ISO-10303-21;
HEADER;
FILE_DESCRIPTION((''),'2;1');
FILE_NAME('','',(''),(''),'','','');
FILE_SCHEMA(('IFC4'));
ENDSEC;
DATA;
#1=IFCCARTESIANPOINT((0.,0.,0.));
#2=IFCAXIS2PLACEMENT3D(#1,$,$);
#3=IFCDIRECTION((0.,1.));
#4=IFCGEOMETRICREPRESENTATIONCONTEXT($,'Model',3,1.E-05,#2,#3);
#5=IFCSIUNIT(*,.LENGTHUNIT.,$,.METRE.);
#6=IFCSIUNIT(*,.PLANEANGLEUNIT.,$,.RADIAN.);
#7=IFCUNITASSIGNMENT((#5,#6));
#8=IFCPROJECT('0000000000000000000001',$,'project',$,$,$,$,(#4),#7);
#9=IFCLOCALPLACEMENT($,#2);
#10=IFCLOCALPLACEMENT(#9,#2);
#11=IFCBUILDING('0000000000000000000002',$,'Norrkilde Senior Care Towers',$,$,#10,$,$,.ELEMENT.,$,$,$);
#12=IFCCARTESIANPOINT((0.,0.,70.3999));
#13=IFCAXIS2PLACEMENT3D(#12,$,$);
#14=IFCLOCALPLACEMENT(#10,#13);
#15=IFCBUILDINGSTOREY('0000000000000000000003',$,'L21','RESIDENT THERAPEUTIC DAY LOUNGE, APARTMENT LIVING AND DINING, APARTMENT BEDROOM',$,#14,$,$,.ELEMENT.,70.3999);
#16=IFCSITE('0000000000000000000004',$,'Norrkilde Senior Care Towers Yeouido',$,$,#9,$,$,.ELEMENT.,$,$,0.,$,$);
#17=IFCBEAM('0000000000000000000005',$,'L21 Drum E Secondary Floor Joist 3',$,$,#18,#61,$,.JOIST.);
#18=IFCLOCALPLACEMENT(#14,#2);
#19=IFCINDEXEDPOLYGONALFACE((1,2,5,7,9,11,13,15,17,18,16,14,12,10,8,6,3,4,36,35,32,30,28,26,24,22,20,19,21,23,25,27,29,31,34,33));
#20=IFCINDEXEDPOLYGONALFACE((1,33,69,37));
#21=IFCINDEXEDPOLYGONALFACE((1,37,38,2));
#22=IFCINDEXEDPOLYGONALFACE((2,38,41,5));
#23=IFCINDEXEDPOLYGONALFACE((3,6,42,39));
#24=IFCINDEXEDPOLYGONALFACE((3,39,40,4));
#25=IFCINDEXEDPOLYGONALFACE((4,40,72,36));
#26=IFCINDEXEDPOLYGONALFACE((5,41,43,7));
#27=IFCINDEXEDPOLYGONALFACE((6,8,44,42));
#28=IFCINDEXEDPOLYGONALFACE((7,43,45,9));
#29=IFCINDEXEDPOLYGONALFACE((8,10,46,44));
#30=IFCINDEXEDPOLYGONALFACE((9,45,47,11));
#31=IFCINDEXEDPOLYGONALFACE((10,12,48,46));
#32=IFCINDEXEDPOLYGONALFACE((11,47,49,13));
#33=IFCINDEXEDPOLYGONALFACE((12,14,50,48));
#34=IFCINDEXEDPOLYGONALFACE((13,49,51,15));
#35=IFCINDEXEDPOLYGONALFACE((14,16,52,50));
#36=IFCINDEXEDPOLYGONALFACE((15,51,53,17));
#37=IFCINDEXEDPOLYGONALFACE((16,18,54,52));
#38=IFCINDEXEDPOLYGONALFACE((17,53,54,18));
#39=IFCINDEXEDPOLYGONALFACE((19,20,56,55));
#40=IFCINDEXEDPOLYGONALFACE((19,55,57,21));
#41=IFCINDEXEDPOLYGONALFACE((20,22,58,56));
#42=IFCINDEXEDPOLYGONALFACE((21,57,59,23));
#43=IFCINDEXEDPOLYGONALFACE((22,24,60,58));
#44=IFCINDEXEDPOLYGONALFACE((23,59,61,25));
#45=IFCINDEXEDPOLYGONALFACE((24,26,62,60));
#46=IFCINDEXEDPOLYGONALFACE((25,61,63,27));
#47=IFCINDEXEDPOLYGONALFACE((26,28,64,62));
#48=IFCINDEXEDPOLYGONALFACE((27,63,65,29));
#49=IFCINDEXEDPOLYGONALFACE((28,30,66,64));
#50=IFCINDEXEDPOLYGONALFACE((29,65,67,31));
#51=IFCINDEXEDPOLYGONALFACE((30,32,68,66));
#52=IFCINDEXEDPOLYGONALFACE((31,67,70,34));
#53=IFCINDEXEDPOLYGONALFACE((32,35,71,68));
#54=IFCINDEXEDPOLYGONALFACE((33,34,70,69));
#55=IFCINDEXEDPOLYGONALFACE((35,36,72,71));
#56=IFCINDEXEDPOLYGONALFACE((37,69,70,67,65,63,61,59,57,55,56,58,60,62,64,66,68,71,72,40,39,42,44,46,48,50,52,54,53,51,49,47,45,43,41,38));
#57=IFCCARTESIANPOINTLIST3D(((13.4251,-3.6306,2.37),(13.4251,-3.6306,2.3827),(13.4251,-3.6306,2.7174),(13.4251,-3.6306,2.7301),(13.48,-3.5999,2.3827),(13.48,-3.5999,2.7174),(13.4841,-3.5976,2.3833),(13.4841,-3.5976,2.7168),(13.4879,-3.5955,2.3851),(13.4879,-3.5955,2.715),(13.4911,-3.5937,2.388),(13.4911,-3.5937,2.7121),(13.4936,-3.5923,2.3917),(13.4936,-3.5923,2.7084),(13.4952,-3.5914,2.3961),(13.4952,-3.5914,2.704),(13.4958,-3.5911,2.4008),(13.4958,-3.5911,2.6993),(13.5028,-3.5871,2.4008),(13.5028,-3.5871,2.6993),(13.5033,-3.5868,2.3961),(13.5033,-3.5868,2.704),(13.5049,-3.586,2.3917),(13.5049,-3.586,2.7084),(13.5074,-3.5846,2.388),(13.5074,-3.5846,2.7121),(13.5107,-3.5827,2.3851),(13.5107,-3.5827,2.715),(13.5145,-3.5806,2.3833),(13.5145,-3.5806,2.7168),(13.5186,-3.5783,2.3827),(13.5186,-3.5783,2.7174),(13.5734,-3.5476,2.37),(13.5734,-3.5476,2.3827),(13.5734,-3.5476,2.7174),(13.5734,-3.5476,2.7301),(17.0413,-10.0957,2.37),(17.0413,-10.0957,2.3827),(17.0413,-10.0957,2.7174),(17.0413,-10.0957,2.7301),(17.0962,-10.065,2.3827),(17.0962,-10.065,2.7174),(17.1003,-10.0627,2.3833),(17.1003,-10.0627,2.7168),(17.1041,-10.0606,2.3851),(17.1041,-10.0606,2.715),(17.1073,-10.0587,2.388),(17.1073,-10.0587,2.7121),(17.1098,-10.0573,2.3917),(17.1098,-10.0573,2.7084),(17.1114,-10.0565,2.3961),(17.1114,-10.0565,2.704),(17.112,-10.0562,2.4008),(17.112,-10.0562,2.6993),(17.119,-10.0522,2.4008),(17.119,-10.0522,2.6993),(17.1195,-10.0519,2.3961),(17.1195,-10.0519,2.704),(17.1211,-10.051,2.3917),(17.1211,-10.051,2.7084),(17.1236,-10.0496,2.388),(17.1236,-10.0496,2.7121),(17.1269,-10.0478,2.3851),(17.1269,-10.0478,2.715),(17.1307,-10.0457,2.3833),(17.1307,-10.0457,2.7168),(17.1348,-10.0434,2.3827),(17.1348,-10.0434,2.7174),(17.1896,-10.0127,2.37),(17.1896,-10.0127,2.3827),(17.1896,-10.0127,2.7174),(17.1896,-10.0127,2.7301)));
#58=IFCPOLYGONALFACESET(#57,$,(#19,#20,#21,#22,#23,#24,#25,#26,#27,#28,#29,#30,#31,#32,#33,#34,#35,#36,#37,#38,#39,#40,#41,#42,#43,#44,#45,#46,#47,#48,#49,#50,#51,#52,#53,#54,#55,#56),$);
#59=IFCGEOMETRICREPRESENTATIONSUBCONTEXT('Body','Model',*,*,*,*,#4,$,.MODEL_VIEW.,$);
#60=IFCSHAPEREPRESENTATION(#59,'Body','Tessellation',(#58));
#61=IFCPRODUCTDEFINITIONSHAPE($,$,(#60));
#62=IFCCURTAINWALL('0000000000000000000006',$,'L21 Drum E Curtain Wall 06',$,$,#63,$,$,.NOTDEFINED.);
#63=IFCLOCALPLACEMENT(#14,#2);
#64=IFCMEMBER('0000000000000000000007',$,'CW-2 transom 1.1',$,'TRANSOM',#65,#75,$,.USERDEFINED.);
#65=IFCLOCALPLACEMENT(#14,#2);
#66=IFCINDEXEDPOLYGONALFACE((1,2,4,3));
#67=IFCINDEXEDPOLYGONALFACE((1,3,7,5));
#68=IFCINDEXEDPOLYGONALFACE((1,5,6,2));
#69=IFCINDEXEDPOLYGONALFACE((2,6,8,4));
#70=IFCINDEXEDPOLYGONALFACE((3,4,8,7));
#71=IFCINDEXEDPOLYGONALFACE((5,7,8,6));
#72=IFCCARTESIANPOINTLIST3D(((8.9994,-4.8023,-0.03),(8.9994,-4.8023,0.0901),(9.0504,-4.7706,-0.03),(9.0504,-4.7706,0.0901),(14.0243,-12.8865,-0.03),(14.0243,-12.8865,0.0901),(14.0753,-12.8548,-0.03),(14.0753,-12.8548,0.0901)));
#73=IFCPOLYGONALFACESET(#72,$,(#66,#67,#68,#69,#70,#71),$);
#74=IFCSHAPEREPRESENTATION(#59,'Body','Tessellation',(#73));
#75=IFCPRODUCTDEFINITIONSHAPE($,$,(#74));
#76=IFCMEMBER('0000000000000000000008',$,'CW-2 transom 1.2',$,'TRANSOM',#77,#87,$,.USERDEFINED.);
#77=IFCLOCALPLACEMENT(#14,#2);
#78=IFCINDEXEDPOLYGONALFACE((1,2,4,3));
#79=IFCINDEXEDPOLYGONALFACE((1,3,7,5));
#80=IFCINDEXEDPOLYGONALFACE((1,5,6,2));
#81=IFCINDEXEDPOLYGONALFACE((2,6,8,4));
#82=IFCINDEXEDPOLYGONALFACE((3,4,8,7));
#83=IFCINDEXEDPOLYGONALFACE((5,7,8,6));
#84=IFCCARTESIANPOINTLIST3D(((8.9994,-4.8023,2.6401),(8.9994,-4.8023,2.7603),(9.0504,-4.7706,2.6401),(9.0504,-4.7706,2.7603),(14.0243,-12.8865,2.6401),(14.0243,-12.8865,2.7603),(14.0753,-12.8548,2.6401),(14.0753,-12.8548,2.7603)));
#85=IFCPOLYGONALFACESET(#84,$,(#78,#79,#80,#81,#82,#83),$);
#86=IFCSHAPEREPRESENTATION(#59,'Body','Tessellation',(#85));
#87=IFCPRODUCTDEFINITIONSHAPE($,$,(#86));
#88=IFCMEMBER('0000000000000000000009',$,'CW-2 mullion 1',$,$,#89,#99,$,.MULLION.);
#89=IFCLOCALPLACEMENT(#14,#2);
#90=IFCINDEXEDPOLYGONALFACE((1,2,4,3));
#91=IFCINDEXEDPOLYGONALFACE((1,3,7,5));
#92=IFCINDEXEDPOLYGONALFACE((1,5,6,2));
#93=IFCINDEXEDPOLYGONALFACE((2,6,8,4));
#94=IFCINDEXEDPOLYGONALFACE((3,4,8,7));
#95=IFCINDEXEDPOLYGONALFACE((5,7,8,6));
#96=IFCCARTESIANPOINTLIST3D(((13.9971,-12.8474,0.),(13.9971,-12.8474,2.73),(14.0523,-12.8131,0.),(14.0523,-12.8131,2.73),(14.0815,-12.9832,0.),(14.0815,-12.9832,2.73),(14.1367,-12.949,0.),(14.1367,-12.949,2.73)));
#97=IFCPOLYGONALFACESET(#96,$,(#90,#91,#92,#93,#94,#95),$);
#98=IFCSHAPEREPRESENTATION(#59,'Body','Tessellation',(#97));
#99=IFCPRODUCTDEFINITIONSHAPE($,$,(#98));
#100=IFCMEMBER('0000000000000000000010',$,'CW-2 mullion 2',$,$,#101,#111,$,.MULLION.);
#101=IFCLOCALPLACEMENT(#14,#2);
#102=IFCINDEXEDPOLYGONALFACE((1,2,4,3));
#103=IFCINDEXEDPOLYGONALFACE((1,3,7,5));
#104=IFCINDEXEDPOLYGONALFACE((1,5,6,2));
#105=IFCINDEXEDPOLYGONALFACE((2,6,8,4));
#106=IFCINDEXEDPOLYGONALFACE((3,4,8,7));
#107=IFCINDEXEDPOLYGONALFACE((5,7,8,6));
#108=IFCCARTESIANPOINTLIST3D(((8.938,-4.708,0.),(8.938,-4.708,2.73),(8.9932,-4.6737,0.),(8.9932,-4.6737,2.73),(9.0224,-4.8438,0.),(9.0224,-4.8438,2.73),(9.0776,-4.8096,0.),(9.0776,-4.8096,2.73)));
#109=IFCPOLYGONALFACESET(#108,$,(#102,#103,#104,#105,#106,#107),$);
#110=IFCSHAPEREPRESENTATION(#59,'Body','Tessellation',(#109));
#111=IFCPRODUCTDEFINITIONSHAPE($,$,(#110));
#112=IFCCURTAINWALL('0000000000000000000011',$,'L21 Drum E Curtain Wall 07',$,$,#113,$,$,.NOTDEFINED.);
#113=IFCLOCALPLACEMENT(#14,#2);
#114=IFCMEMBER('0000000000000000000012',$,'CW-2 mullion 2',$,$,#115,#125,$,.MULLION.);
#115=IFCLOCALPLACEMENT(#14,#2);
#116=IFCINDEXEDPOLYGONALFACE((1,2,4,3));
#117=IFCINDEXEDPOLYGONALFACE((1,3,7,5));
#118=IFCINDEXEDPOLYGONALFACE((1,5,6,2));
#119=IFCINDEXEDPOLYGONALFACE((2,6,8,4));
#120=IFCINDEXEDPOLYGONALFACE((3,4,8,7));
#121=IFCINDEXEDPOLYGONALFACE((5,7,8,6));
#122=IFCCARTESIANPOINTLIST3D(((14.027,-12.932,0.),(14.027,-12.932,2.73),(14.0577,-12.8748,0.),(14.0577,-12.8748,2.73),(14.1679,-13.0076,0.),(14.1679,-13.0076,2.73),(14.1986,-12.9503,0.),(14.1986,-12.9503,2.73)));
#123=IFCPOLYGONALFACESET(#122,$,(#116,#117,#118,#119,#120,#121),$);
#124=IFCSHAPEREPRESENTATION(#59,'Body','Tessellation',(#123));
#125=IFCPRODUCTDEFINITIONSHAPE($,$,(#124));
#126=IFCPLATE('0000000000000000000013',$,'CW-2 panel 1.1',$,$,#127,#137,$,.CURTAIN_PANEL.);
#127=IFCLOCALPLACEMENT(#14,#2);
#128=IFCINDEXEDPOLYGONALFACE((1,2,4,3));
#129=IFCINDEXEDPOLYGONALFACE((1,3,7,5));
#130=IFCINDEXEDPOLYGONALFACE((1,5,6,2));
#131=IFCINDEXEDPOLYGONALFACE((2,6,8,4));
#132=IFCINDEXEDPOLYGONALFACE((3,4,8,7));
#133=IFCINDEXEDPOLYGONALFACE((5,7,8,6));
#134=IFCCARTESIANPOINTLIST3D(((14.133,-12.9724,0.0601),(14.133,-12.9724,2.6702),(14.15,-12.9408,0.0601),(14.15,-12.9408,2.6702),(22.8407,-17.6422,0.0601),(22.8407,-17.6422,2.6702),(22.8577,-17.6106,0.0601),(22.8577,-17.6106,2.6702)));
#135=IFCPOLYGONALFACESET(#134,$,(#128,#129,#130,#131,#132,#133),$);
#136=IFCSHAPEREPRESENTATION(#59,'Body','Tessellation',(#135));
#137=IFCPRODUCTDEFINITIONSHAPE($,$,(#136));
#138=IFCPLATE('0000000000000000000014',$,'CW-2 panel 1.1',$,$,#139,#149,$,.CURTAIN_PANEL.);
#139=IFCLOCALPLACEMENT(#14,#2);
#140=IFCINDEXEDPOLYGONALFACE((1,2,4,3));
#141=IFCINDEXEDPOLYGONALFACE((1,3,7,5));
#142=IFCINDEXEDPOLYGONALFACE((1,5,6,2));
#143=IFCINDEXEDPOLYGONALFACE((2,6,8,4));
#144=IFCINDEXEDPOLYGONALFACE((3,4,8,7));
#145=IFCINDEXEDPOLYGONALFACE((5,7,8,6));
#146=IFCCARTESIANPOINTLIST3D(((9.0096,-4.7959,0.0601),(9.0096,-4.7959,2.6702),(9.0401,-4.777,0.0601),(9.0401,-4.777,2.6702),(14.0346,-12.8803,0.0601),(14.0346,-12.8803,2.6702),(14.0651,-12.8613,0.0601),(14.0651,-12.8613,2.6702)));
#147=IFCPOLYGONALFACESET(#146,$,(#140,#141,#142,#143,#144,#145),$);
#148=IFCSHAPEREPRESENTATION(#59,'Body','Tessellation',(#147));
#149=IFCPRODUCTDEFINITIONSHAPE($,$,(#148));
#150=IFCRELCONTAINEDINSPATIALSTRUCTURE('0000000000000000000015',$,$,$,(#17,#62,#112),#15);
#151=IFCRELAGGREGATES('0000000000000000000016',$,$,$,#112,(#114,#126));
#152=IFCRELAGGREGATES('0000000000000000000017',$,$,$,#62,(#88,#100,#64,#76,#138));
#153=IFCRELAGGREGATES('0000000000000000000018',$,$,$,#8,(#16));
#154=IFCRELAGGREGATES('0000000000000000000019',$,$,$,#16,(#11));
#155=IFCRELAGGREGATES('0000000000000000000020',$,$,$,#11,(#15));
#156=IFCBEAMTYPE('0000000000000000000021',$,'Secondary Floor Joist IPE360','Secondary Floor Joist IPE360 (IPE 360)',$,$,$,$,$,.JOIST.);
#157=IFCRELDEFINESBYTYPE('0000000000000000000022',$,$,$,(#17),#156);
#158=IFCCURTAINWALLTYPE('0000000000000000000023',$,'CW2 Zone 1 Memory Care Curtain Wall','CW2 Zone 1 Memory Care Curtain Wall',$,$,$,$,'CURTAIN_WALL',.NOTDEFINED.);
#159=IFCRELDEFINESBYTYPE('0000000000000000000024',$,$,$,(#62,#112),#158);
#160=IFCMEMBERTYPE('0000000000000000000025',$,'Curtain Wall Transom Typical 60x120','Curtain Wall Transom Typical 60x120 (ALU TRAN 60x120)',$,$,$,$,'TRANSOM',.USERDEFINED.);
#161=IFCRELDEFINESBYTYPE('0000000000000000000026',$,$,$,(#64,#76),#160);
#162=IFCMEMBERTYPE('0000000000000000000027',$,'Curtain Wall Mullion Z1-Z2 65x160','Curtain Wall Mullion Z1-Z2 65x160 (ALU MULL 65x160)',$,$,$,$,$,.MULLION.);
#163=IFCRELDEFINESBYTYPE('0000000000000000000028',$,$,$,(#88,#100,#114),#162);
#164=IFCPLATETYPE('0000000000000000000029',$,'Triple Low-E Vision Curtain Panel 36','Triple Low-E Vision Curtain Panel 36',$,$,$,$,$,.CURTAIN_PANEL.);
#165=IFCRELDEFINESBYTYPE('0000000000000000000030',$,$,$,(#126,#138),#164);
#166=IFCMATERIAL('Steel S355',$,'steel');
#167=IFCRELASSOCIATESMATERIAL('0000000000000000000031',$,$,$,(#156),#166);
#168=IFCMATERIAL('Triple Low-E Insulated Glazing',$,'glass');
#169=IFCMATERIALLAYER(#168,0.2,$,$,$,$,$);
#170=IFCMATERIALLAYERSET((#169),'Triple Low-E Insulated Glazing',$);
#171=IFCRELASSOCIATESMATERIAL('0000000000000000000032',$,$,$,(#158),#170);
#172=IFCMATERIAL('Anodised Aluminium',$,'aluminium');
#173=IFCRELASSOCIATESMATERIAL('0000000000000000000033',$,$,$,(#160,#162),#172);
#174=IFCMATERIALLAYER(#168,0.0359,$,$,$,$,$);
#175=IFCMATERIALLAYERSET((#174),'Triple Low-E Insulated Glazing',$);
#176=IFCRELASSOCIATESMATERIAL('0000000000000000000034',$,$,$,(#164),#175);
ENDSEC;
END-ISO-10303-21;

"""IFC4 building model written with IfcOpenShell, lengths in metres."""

from ifc_helpers import new_model, si_unit, direction, frame, origin, origin_2d, place, context, subcontext, project, spatial, rectangle, i_section, extrude, source, transform, mapped, material, layer, layer_set, material_profile, profile_set, type_object, type_shapes, element, aggregate, save


model = new_model("IFC4")

# Units and contexts
model_context = context("Model", 3, precision=1e-05, world=origin(), true_north=direction((0.0, 1.0)))
body_context = subcontext(model_context, "Body", "Model", "MODEL_VIEW")
ifc_project = project(units=[si_unit("LENGTHUNIT", "METRE"), si_unit("PLANEANGLEUNIT", "RADIAN")], contexts=[model_context])

# Site, building, storey
site_placement = place(None, origin())
site = spatial("IfcSite", under=ifc_project, at=site_placement, Name="Norrkilde Senior Care Towers Yeouido", CompositionType="ELEMENT", RefElevation=0.0)
building_placement = place(site_placement, origin())
building = spatial("IfcBuilding", under=site, at=building_placement, Name="Norrkilde Senior Care Towers", CompositionType="ELEMENT")
storey_placement = place(building_placement, frame((0.0, 0.0, 70.3999)))
storey = spatial("IfcBuildingStorey", under=building, at=storey_placement, Name="L21", Description="RESIDENT THERAPEUTIC DAY LOUNGE, APARTMENT LIVING AND DINING, APARTMENT BEDROOM", CompositionType="ELEMENT", Elevation=70.3999)

# Beam
ifc_material_1 = material(Name="Steel S355", Category="steel")
ifc_material_profile_1 = material_profile(ifc_material_1, i_section(OverallWidth=0.1699, OverallDepth=0.3601, WebThickness=0.0081, FlangeThickness=0.0127, FilletRadius=0.0181, at=origin_2d()), Name="IPE 360")
ifc_profile_set_1 = profile_set([ifc_material_profile_1], Name="Steel S355")
beam_type_1 = type_object("IfcBeamType", Name="Secondary Floor Joist IPE360", Description="Secondary Floor Joist IPE360 (IPE 360)", PredefinedType="JOIST", material=ifc_profile_set_1)
shared_shape_1 = source(origin(), body_context, "Body", "SweptSolid", [
    extrude(i_section(OverallWidth=0.1699, OverallDepth=0.3601, WebThickness=0.0081, FlangeThickness=0.0127, FilletRadius=0.0181, at=origin_2d()), origin(), (0.0, 0.0, 1.0), 7.4077),
])
type_shapes(beam_type_1, [shared_shape_1])
beam_1_placement = place(storey_placement, frame((13.4993, -3.5891, 2.55), z_axis=(0.488168, -0.87275, 0.0), x_axis=(0.87275, 0.488168, 0.0)))
element("IfcBeam", 1, at=beam_1_placement, inside=storey, type_object=beam_type_1, Name="L21 Drum E Secondary Floor Joist 3", PredefinedType="JOIST", context=body_context, shape_type="MappedRepresentation", body=[
    mapped(shared_shape_1, transform((0.0, 0.0, 0.0), x_axis=(1.0, 0.0, 0.0), y_axis=(0.0, 1.0, 0.0), z_axis=(0.0, 0.0, 1.0), scale=1.0)),
])

# Curtain wall, members
ifc_material_2 = material(Name="Triple Low-E Insulated Glazing", Category="glass")
ifc_layer_1 = layer(ifc_material_2, 0.2)
ifc_layer_set_1 = layer_set([ifc_layer_1], Name="Triple Low-E Insulated Glazing")
curtain_wall_type = type_object("IfcCurtainWallType", Name="CW2 Zone 1 Memory Care Curtain Wall", Description="CW2 Zone 1 Memory Care Curtain Wall", ElementType="CURTAIN_WALL", PredefinedType="NOTDEFINED", material=ifc_layer_set_1)
curtain_wall_1_placement = place(storey_placement, origin())
curtain_wall_1 = element("IfcCurtainWall", 2, at=curtain_wall_1_placement, inside=storey, type_object=curtain_wall_type, Name="L21 Drum E Curtain Wall 06", PredefinedType="NOTDEFINED")
ifc_material_3 = material(Name="Anodised Aluminium", Category="aluminium")
ifc_material_profile_2 = material_profile(ifc_material_3, rectangle(XDim=0.0601, YDim=0.1201, at=origin_2d()), Name="ALU TRAN 60x120")
ifc_profile_set_2 = profile_set([ifc_material_profile_2], Name="Anodised Aluminium")
member_type_1 = type_object("IfcMemberType", Name="Curtain Wall Transom Typical 60x120", Description="Curtain Wall Transom Typical 60x120 (ALU TRAN 60x120)", ElementType="TRANSOM", PredefinedType="USERDEFINED", material=ifc_profile_set_2)
shared_shape_2 = source(origin(), body_context, "Body", "SweptSolid", [
    extrude(rectangle(XDim=0.0601, YDim=0.1201, at=origin_2d()), origin(), (0.0, 0.0, 1.0), 9.5186),
])
type_shapes(member_type_1, [shared_shape_2])
member_1_placement = place(storey_placement, frame((14.0498, -12.8706, 0.03), z_axis=(-0.527902, 0.849306, 0.0), x_axis=(-0.849306, -0.527902, 0.0)))
member_1 = element("IfcMember", 3, at=member_1_placement, type_object=member_type_1, Name="CW-2 transom 1.1", ObjectType="TRANSOM", PredefinedType="USERDEFINED", context=body_context, shape_type="MappedRepresentation", body=[
    mapped(shared_shape_2, transform((0.0, 0.0, 0.0), x_axis=(1.0, 0.0, 0.0), y_axis=(0.0, 1.0, 0.0), z_axis=(0.0, 0.0, 1.0), scale=1.0)),
])
member_2_placement = place(storey_placement, frame((14.0498, -12.8706, 2.7002), z_axis=(-0.527902, 0.849306, 0.0), x_axis=(-0.849306, -0.527902, 0.0)))
member_2 = element("IfcMember", 4, at=member_2_placement, type_object=member_type_1, Name="CW-2 transom 1.2", ObjectType="TRANSOM", PredefinedType="USERDEFINED", context=body_context, shape_type="MappedRepresentation", body=[
    mapped(shared_shape_2, transform((0.0, 0.0, 0.0), x_axis=(1.0, 0.0, 0.0), y_axis=(0.0, 1.0, 0.0), z_axis=(0.0, 0.0, 1.0), scale=1.0)),
])
ifc_material_profile_3 = material_profile(ifc_material_3, rectangle(XDim=0.0649, YDim=0.1599, at=origin_2d()), Name="ALU MULL 65x160")
ifc_profile_set_3 = profile_set([ifc_material_profile_3], Name="Anodised Aluminium")
member_type_2 = type_object("IfcMemberType", Name="Curtain Wall Mullion Z1-Z2 65x160", Description="Curtain Wall Mullion Z1-Z2 65x160 (ALU MULL 65x160)", PredefinedType="MULLION", material=ifc_profile_set_3)
shared_shape_3 = source(origin(), body_context, "Body", "SweptSolid", [
    extrude(rectangle(XDim=0.0649, YDim=0.1599, at=origin_2d()), origin(), (0.0, 0.0, 1.0), 2.73),
])
type_shapes(member_type_2, [shared_shape_3])
member_3_placement = place(storey_placement, frame((14.0669, -12.8982, 0.0), z_axis=(0.0, 0.0, 1.0), x_axis=(-0.849306, -0.527901, 0.0)))
member_3 = element("IfcMember", 5, at=member_3_placement, type_object=member_type_2, Name="CW-2 mullion 1", PredefinedType="MULLION", context=body_context, shape_type="MappedRepresentation", body=[
    mapped(shared_shape_3, transform((0.0, 0.0, 0.0), x_axis=(1.0, 0.0, 0.0), y_axis=(0.0, 1.0, 0.0), z_axis=(0.0, 0.0, 1.0), scale=1.0)),
])
member_4_placement = place(storey_placement, frame((9.0078, -4.7588, 0.0), z_axis=(0.0, 0.0, 1.0), x_axis=(-0.849306, -0.527901, 0.0)))
member_4 = element("IfcMember", 6, at=member_4_placement, type_object=member_type_2, Name="CW-2 mullion 2", PredefinedType="MULLION", context=body_context, shape_type="MappedRepresentation", body=[
    mapped(shared_shape_3, transform((0.0, 0.0, 0.0), x_axis=(1.0, 0.0, 0.0), y_axis=(0.0, 1.0, 0.0), z_axis=(0.0, 0.0, 1.0), scale=1.0)),
])

# Curtain wall, member, plate
curtain_wall_2_placement = place(storey_placement, origin())
curtain_wall_2 = element("IfcCurtainWall", 7, at=curtain_wall_2_placement, inside=storey, type_object=curtain_wall_type, Name="L21 Drum E Curtain Wall 07", PredefinedType="NOTDEFINED")
member_5_placement = place(storey_placement, frame((14.1128, -12.9412, 0.0), z_axis=(0.0, 0.0, 1.0), x_axis=(-0.472608, -0.881273, 0.0)))
member_5 = element("IfcMember", 8, at=member_5_placement, type_object=member_type_2, Name="CW-2 mullion 2", PredefinedType="MULLION", context=body_context, shape_type="MappedRepresentation", body=[
    mapped(shared_shape_3, transform((0.0, 0.0, 0.0), x_axis=(1.0, 0.0, 0.0), y_axis=(0.0, 1.0, 0.0), z_axis=(0.0, 0.0, 1.0), scale=1.0)),
])
ifc_layer_2 = layer(ifc_material_2, 0.0359)
ifc_layer_set_2 = layer_set([ifc_layer_2], Name="Triple Low-E Insulated Glazing")
plate_type = type_object("IfcPlateType", Name="Triple Low-E Vision Curtain Panel 36", Description="Triple Low-E Vision Curtain Panel 36", PredefinedType="CURTAIN_PANEL", material=ifc_layer_set_2)
shared_shape_4 = source(origin(), body_context, "Body", "SweptSolid", [
    extrude(rectangle(XDim=9.8809, YDim=0.0359, at=origin_2d()), origin(), (0.0, 0.0, 1.0), 2.6101),
])
plate_1_placement = place(storey_placement, frame((18.4954, -15.2915, 0.0601), z_axis=(0.0, 0.0, 1.0), x_axis=(-0.881273, 0.472608, 0.0)))
plate_1 = element("IfcPlate", 9, at=plate_1_placement, type_object=plate_type, Name="CW-2 panel 1.1", PredefinedType="CURTAIN_PANEL", context=body_context, shape_type="MappedRepresentation", body=[
    mapped(shared_shape_4, transform((0.0, 0.0, 0.0), x_axis=(1.0, 0.0, 0.0), y_axis=(0.0, 1.0, 0.0), z_axis=(0.0, 0.0, 1.0), scale=1.0)),
])
aggregate(curtain_wall_2, [member_5, plate_1])

# Plate
shared_shape_5 = source(origin(), body_context, "Body", "SweptSolid", [
    extrude(rectangle(XDim=9.5188, YDim=0.0359, at=origin_2d()), origin(), (0.0, 0.0, 1.0), 2.6101),
])
type_shapes(plate_type, [shared_shape_4, shared_shape_5])
plate_2_placement = place(storey_placement, frame((11.5374, -8.8286, 0.0601), z_axis=(0.0, 0.0, 1.0), x_axis=(-0.527901, 0.849306, 0.0)))
plate_2 = element("IfcPlate", 10, at=plate_2_placement, type_object=plate_type, Name="CW-2 panel 1.1", PredefinedType="CURTAIN_PANEL", context=body_context, shape_type="MappedRepresentation", body=[
    mapped(shared_shape_5, transform((0.0, 0.0, 0.0), x_axis=(1.0, 0.0, 0.0), y_axis=(0.0, 1.0, 0.0), z_axis=(0.0, 0.0, 1.0), scale=1.0)),
])
aggregate(curtain_wall_1, [member_3, member_4, member_1, member_2, plate_2])

save(model, "model.ifc")
